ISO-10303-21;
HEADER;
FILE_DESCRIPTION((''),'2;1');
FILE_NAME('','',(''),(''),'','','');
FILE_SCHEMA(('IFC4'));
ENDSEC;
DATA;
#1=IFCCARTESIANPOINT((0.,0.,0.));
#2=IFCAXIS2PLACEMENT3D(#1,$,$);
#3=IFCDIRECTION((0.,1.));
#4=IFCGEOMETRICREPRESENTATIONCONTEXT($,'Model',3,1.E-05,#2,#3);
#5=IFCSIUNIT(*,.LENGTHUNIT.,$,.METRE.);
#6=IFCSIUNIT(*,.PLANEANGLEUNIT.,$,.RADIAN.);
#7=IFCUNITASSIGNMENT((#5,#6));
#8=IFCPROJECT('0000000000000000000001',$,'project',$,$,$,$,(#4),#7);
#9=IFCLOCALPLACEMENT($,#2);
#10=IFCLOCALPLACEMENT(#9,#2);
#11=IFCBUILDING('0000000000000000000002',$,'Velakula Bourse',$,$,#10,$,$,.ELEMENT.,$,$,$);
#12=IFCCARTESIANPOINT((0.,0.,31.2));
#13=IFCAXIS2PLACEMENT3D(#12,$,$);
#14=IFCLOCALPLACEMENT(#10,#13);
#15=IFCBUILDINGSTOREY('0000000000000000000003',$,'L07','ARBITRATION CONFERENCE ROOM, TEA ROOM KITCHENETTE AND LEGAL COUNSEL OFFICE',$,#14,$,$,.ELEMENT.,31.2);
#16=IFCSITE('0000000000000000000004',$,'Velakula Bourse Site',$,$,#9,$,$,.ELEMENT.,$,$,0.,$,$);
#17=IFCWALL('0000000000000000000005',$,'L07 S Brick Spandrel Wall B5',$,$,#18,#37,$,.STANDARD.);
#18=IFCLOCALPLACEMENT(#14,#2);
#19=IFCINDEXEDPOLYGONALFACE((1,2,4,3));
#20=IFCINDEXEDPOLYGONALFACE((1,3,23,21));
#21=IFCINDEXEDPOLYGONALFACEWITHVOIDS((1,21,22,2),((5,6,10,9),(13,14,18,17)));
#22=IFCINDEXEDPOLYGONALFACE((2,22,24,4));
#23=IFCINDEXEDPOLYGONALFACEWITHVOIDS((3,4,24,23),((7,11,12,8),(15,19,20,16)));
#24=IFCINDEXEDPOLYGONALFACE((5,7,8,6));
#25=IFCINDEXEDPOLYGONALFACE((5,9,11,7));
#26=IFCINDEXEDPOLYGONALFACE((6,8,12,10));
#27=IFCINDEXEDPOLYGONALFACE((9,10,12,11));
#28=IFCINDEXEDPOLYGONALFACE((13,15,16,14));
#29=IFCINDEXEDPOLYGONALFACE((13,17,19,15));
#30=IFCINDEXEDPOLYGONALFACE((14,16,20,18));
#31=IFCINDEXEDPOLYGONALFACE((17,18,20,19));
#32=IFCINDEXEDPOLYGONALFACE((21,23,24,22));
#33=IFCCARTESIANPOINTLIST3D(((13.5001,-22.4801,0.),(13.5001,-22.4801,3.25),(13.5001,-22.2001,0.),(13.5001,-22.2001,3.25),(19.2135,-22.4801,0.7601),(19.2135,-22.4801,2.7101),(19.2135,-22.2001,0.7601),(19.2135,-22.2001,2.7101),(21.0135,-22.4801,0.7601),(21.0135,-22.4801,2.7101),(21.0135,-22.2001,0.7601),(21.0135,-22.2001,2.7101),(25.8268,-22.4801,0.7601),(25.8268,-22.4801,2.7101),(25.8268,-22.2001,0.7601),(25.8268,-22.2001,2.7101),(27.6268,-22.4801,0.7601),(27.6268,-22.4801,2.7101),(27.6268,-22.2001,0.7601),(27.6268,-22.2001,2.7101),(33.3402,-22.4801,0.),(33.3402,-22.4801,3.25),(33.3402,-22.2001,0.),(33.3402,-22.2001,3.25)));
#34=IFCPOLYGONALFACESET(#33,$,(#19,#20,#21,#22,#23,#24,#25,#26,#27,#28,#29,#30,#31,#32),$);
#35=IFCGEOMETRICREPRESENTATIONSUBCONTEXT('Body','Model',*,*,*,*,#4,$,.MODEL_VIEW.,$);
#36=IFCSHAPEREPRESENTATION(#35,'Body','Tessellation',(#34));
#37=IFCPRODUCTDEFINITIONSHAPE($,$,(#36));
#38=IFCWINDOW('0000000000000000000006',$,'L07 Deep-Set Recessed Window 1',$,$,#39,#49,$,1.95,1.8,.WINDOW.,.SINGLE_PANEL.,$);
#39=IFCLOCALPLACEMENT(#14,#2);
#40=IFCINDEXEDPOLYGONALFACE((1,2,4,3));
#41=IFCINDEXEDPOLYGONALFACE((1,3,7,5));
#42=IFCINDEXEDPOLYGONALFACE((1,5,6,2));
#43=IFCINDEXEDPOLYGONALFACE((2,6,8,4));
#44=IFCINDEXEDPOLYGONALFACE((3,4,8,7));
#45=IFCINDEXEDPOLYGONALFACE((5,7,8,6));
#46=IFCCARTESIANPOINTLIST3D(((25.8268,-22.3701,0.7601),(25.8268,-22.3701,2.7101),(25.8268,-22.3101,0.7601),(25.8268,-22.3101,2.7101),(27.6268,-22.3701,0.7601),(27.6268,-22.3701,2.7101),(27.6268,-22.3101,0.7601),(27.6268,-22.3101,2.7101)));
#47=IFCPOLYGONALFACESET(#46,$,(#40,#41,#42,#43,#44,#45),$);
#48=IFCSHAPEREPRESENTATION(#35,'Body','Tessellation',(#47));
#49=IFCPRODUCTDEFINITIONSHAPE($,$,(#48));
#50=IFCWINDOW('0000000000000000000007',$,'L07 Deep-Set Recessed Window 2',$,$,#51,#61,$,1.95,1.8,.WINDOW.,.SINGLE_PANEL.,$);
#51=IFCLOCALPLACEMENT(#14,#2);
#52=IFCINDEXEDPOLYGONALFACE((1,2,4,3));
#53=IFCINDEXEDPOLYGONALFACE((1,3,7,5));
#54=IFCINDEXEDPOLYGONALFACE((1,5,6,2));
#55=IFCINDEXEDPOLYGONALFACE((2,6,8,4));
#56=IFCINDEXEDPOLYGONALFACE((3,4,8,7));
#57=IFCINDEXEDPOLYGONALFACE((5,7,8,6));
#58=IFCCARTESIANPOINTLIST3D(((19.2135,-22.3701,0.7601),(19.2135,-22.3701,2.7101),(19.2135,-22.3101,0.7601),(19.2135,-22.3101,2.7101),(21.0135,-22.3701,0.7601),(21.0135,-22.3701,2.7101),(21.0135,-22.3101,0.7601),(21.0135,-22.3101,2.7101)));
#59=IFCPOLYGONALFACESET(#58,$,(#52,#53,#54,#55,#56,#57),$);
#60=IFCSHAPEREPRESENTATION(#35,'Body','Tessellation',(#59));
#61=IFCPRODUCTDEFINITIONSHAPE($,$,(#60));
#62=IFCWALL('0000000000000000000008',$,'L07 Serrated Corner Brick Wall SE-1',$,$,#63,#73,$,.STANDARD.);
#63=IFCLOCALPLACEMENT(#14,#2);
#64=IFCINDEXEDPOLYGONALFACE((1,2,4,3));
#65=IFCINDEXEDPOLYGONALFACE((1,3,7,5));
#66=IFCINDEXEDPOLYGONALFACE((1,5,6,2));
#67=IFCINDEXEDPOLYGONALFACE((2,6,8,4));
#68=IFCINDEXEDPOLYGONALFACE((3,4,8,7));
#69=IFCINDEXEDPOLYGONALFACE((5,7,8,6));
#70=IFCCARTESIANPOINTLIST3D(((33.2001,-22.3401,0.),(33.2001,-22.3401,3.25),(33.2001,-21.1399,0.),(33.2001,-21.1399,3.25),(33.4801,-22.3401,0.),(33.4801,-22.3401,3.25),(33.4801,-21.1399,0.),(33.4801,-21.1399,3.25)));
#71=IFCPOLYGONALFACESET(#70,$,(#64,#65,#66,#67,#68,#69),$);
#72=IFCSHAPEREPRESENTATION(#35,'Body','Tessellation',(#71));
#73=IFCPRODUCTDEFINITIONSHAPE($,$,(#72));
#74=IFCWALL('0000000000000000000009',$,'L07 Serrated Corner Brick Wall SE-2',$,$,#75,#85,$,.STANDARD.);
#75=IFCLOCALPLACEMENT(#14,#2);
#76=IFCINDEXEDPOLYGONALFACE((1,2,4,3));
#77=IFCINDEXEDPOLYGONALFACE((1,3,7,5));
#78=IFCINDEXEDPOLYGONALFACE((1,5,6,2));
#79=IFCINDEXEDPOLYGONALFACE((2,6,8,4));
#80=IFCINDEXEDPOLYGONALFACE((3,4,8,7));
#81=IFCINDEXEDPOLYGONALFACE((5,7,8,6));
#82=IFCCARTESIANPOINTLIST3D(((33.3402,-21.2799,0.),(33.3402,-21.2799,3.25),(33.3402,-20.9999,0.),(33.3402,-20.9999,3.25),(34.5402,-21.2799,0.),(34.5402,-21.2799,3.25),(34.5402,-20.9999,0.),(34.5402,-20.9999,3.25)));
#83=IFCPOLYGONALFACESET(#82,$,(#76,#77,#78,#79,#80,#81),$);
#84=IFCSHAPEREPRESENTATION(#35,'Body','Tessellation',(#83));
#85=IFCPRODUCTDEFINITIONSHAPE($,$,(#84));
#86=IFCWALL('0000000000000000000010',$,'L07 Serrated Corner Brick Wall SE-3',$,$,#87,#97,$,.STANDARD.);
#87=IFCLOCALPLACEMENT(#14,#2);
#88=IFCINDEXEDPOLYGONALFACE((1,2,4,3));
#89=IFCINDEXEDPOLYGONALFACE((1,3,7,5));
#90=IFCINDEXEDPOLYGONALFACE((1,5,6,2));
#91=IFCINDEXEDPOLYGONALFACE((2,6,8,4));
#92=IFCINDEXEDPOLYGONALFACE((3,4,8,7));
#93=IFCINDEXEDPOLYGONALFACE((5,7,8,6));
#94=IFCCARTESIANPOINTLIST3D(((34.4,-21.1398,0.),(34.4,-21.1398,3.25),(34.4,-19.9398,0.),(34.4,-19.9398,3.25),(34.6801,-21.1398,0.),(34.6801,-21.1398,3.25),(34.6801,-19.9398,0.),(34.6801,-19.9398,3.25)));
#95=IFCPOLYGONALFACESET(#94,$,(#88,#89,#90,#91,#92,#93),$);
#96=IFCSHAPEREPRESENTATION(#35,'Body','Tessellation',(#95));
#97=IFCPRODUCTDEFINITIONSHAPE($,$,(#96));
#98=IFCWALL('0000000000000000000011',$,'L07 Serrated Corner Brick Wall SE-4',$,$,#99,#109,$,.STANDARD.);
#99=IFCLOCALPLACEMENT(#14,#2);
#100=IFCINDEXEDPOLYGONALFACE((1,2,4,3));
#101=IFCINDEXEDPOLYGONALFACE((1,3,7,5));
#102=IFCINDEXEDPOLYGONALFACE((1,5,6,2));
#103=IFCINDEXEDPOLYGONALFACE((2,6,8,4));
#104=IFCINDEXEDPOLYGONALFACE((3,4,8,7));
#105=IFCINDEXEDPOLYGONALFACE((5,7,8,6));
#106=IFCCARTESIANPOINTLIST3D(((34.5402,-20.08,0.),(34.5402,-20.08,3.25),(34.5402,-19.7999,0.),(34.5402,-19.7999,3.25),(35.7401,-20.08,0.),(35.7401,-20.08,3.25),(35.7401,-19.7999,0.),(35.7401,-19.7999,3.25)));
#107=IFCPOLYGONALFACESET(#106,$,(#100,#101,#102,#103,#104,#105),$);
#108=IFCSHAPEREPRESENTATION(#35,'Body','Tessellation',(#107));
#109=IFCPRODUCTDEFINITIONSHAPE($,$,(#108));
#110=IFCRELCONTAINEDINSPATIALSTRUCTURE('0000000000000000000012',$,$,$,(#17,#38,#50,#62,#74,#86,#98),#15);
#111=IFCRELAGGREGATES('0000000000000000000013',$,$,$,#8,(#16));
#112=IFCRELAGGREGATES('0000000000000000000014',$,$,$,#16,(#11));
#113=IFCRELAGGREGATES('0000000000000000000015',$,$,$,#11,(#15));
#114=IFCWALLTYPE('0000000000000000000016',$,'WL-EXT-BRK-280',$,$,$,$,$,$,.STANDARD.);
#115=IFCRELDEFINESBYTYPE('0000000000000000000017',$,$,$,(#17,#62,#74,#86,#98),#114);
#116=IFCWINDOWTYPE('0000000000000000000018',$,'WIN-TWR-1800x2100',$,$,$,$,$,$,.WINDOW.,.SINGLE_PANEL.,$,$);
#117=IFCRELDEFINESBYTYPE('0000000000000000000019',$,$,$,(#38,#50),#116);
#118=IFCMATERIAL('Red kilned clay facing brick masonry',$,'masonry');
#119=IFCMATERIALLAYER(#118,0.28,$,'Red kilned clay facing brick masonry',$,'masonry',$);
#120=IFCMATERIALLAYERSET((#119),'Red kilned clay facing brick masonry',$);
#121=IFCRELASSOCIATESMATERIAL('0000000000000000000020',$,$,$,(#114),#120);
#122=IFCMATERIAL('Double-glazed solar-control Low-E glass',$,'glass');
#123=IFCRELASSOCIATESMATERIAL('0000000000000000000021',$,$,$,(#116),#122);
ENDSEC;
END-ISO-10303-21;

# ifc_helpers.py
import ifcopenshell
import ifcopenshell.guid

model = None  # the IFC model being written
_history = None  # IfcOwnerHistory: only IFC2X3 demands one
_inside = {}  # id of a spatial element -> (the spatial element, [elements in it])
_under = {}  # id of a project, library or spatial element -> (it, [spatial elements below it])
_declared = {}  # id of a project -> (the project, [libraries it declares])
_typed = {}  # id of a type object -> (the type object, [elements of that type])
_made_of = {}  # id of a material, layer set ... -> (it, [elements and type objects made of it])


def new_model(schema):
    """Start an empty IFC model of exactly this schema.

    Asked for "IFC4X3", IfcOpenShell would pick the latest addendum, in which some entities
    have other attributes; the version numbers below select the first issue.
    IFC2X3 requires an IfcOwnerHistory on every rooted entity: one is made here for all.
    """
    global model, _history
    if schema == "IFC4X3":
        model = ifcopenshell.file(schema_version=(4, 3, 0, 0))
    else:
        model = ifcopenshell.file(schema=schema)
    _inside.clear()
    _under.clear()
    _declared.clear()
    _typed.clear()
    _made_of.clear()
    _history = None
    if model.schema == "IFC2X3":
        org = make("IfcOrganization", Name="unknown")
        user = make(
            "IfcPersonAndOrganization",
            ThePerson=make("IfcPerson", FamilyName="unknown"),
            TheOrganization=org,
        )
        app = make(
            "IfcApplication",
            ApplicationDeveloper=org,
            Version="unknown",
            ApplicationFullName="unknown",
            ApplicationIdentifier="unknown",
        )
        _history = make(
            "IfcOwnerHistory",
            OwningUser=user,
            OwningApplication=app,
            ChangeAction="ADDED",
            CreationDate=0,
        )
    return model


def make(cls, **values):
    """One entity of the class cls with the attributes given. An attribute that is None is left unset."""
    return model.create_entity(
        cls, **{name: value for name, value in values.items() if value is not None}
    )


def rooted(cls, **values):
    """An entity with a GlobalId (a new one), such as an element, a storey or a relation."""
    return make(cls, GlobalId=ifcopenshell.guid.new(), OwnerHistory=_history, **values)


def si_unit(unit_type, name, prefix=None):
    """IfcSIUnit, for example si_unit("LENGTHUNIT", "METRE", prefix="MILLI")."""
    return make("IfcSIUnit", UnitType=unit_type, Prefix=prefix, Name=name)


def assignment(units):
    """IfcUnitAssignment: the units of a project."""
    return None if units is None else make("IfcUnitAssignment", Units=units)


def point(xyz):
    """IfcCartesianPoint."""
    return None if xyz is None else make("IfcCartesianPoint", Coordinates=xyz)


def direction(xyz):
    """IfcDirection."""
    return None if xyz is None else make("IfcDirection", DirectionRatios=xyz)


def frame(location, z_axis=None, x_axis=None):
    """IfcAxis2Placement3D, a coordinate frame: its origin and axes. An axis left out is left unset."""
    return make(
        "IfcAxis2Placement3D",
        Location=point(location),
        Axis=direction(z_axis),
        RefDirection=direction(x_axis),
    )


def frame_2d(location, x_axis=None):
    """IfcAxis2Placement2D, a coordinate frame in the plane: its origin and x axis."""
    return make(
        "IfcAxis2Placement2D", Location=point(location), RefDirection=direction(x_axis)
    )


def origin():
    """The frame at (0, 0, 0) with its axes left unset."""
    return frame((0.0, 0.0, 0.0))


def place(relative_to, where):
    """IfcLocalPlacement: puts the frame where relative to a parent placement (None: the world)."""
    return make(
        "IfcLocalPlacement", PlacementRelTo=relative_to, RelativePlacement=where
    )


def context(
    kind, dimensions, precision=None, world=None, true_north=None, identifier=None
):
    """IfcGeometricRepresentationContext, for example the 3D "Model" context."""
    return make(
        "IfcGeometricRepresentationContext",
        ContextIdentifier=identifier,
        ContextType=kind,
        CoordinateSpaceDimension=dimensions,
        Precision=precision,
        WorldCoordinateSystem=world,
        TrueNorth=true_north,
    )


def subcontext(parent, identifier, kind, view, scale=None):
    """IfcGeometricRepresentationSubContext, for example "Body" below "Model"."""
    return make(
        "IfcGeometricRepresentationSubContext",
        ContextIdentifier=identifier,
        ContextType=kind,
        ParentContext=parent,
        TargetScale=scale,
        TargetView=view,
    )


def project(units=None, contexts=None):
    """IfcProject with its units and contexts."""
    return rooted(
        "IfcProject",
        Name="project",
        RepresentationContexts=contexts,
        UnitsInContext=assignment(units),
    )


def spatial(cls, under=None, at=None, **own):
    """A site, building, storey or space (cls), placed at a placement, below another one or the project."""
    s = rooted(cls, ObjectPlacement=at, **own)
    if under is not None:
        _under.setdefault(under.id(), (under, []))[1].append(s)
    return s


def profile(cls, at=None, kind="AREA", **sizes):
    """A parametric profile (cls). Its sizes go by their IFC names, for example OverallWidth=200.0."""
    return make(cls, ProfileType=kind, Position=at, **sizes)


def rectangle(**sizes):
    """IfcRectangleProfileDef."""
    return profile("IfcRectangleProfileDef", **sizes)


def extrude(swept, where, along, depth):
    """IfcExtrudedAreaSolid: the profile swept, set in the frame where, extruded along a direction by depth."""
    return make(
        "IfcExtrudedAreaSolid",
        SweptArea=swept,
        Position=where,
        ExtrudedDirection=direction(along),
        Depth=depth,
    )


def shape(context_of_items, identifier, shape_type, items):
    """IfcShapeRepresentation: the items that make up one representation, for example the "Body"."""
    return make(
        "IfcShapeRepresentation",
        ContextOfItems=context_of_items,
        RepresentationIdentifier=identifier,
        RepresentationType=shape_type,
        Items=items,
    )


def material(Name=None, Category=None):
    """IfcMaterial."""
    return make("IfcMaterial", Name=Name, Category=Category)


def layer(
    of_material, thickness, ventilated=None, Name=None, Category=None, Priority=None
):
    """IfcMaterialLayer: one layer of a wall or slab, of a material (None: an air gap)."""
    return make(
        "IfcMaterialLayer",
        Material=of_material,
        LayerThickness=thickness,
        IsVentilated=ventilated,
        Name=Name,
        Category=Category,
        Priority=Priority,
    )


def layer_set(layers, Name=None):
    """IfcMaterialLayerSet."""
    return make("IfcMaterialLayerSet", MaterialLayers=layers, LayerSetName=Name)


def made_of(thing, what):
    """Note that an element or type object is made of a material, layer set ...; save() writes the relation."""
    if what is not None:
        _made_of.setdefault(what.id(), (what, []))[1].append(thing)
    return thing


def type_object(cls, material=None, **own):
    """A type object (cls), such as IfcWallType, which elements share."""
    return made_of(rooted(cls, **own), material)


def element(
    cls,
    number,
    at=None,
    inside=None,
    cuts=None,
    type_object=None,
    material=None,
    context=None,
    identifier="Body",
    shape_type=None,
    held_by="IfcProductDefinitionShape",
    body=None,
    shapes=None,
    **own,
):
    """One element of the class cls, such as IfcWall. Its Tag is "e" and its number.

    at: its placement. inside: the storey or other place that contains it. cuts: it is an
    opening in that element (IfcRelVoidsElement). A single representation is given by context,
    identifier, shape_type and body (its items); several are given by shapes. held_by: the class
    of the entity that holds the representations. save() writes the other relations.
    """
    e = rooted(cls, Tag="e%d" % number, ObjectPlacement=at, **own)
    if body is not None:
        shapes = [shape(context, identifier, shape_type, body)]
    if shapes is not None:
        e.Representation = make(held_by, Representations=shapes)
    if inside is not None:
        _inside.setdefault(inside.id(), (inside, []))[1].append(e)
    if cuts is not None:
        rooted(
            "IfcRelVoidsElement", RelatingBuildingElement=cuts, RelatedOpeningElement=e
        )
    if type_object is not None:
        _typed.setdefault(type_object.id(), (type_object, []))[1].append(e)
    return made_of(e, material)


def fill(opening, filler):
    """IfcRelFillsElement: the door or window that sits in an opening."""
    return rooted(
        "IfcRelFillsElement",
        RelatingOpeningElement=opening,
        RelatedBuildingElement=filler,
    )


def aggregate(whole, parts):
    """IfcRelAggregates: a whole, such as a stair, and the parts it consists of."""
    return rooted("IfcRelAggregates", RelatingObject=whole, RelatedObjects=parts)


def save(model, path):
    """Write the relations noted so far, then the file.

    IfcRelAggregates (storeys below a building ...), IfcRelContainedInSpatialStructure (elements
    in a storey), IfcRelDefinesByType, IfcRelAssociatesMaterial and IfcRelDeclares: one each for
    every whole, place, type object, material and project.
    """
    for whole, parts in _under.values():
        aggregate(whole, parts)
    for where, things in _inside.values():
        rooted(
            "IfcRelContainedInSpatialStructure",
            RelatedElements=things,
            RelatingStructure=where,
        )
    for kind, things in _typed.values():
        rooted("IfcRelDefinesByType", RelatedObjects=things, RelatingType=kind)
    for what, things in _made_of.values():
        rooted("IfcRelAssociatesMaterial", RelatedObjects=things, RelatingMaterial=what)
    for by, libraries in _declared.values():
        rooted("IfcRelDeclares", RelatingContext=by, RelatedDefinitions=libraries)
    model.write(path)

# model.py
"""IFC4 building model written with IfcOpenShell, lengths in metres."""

from ifc_helpers import new_model, si_unit, direction, frame, frame_2d, origin, place, context, subcontext, project, spatial, rectangle, extrude, material, layer, layer_set, type_object, element, fill, save


model = new_model("IFC4")

# Units and contexts
model_context = context("Model", 3, precision=1e-05, world=origin(), true_north=direction((0.0, 1.0)))
body_context = subcontext(model_context, "Body", "Model", "MODEL_VIEW")
ifc_project = project(units=[si_unit("LENGTHUNIT", "METRE"), si_unit("PLANEANGLEUNIT", "RADIAN")], contexts=[model_context])

# Site, building, storey
site_placement = place(None, origin())
site = spatial("IfcSite", under=ifc_project, at=site_placement, Name="Velakula Bourse Site", CompositionType="ELEMENT", RefElevation=0.0)
building_placement = place(site_placement, origin())
building = spatial("IfcBuilding", under=site, at=building_placement, Name="Velakula Bourse", CompositionType="ELEMENT")
storey_placement = place(building_placement, frame((0.0, 0.0, 31.2)))
storey = spatial("IfcBuildingStorey", under=building, at=storey_placement, Name="L07", Description="ARBITRATION CONFERENCE ROOM, TEA ROOM KITCHENETTE AND LEGAL COUNSEL OFFICE", CompositionType="ELEMENT", Elevation=31.2)

# Wall, openings, windows
ifc_material_1 = material(Name="Red kilned clay facing brick masonry", Category="masonry")
ifc_layer = layer(ifc_material_1, 0.28, Name="Red kilned clay facing brick masonry", Category="masonry")
ifc_layer_set = layer_set([ifc_layer], Name="Red kilned clay facing brick masonry")
wall_type = type_object("IfcWallType", Name="WL-EXT-BRK-280", PredefinedType="STANDARD", material=ifc_layer_set)
wall_1_placement = place(storey_placement, frame((33.3401, -22.3401, 0.0), z_axis=(0.0, 0.0, 1.0), x_axis=(-1.0, 0.0, 0.0)))
wall_1 = element("IfcWall", 1, at=wall_1_placement, inside=storey, type_object=wall_type, Name="L07 S Brick Spandrel Wall B5", PredefinedType="STANDARD", context=body_context, shape_type="SweptSolid", body=[
    extrude(rectangle(XDim=19.8401, YDim=0.28, at=frame_2d((9.9199, 0.0))), origin(), (0.0, 0.0, 1.0), 3.25),
])
opening_1_placement = place(wall_1_placement, frame((5.7134, 0.0, 0.76)))
opening_1 = element("IfcOpeningElement", 2, at=opening_1_placement, cuts=wall_1, PredefinedType="OPENING", context=body_context, shape_type="SweptSolid", body=[
    extrude(rectangle(XDim=1.8, YDim=1.95, at=frame_2d((0.8999, 0.9751))), frame((0.0, 0.1499, 0.0), z_axis=(0.0, -1.0, 0.0), x_axis=(1.0, 0.0, 0.0)), (0.0, 0.0, 1.0), 0.3),
])
opening_2_placement = place(wall_1_placement, frame((12.3267, 0.0, 0.76)))
opening_2 = element("IfcOpeningElement", 3, at=opening_2_placement, cuts=wall_1, PredefinedType="OPENING", context=body_context, shape_type="SweptSolid", body=[
    extrude(rectangle(XDim=1.8, YDim=1.95, at=frame_2d((0.8999, 0.9751))), frame((0.0, 0.1499, 0.0), z_axis=(0.0, -1.0, 0.0), x_axis=(1.0, 0.0, 0.0)), (0.0, 0.0, 1.0), 0.3),
])
ifc_material_2 = material(Name="Double-glazed solar-control Low-E glass", Category="glass")
window_type = type_object("IfcWindowType", Name="WIN-TWR-1800x2100", PartitioningType="SINGLE_PANEL", PredefinedType="WINDOW", material=ifc_material_2)
window_1_placement = place(opening_1_placement, origin())
window_1 = element("IfcWindow", 4, at=window_1_placement, inside=storey, type_object=window_type, Name="L07 Deep-Set Recessed Window 1", OverallHeight=1.95, OverallWidth=1.8, PartitioningType="SINGLE_PANEL", PredefinedType="WINDOW", context=body_context, shape_type="SweptSolid", body=[
    extrude(rectangle(XDim=1.8, YDim=1.95, at=frame_2d((0.8999, 0.9751))), frame((0.0, 0.03, 0.0), z_axis=(0.0, -1.0, 0.0), x_axis=(1.0, 0.0, 0.0)), (0.0, 0.0, 1.0), 0.0601),
])
fill(opening_1, window_1)
window_2_placement = place(opening_2_placement, origin())
window_2 = element("IfcWindow", 5, at=window_2_placement, inside=storey, type_object=window_type, Name="L07 Deep-Set Recessed Window 2", OverallHeight=1.95, OverallWidth=1.8, PartitioningType="SINGLE_PANEL", PredefinedType="WINDOW", context=body_context, shape_type="SweptSolid", body=[
    extrude(rectangle(XDim=1.8, YDim=1.95, at=frame_2d((0.8999, 0.9751))), frame((0.0, 0.03, 0.0), z_axis=(0.0, -1.0, 0.0), x_axis=(1.0, 0.0, 0.0)), (0.0, 0.0, 1.0), 0.0601),
])
fill(opening_2, window_2)

# Walls
wall_2_placement = place(storey_placement, frame((33.3401, -22.3401, 0.0), z_axis=(0.0, 0.0, 1.0), x_axis=(0.0, 1.0, 0.0)))
element("IfcWall", 6, at=wall_2_placement, inside=storey, type_object=wall_type, Name="L07 Serrated Corner Brick Wall SE-1", PredefinedType="STANDARD", context=body_context, shape_type="SweptSolid", body=[
    extrude(rectangle(XDim=1.2002, YDim=0.28, at=frame_2d((0.6001, 0.0))), origin(), (0.0, 0.0, 1.0), 3.25),
])
for number, where, z_axis, x_axis, name in (
    (7, (33.3401, -21.1399, 0.0), (0.0, 0.0, 1.0), (1.0, 0.0, 0.0), "L07 Serrated Corner Brick Wall SE-2"),
    (8, (34.54, -21.1399, 0.0), (0.0, 0.0, 1.0), (0.0, 1.0, 0.0), "L07 Serrated Corner Brick Wall SE-3"),
    (9, (34.54, -19.9399, 0.0), (0.0, 0.0, 1.0), (1.0, 0.0, 0.0), "L07 Serrated Corner Brick Wall SE-4"),
):
    element("IfcWall", number, at=place(storey_placement, frame(where, z_axis=z_axis, x_axis=x_axis)), inside=storey, type_object=wall_type, Name=name, PredefinedType="STANDARD", context=body_context, shape_type="SweptSolid", body=[
        extrude(rectangle(XDim=1.2, YDim=0.28, at=frame_2d((0.6001, 0.0))), origin(), (0.0, 0.0, 1.0), 3.25),
    ])

save(model, "model.ifc")
